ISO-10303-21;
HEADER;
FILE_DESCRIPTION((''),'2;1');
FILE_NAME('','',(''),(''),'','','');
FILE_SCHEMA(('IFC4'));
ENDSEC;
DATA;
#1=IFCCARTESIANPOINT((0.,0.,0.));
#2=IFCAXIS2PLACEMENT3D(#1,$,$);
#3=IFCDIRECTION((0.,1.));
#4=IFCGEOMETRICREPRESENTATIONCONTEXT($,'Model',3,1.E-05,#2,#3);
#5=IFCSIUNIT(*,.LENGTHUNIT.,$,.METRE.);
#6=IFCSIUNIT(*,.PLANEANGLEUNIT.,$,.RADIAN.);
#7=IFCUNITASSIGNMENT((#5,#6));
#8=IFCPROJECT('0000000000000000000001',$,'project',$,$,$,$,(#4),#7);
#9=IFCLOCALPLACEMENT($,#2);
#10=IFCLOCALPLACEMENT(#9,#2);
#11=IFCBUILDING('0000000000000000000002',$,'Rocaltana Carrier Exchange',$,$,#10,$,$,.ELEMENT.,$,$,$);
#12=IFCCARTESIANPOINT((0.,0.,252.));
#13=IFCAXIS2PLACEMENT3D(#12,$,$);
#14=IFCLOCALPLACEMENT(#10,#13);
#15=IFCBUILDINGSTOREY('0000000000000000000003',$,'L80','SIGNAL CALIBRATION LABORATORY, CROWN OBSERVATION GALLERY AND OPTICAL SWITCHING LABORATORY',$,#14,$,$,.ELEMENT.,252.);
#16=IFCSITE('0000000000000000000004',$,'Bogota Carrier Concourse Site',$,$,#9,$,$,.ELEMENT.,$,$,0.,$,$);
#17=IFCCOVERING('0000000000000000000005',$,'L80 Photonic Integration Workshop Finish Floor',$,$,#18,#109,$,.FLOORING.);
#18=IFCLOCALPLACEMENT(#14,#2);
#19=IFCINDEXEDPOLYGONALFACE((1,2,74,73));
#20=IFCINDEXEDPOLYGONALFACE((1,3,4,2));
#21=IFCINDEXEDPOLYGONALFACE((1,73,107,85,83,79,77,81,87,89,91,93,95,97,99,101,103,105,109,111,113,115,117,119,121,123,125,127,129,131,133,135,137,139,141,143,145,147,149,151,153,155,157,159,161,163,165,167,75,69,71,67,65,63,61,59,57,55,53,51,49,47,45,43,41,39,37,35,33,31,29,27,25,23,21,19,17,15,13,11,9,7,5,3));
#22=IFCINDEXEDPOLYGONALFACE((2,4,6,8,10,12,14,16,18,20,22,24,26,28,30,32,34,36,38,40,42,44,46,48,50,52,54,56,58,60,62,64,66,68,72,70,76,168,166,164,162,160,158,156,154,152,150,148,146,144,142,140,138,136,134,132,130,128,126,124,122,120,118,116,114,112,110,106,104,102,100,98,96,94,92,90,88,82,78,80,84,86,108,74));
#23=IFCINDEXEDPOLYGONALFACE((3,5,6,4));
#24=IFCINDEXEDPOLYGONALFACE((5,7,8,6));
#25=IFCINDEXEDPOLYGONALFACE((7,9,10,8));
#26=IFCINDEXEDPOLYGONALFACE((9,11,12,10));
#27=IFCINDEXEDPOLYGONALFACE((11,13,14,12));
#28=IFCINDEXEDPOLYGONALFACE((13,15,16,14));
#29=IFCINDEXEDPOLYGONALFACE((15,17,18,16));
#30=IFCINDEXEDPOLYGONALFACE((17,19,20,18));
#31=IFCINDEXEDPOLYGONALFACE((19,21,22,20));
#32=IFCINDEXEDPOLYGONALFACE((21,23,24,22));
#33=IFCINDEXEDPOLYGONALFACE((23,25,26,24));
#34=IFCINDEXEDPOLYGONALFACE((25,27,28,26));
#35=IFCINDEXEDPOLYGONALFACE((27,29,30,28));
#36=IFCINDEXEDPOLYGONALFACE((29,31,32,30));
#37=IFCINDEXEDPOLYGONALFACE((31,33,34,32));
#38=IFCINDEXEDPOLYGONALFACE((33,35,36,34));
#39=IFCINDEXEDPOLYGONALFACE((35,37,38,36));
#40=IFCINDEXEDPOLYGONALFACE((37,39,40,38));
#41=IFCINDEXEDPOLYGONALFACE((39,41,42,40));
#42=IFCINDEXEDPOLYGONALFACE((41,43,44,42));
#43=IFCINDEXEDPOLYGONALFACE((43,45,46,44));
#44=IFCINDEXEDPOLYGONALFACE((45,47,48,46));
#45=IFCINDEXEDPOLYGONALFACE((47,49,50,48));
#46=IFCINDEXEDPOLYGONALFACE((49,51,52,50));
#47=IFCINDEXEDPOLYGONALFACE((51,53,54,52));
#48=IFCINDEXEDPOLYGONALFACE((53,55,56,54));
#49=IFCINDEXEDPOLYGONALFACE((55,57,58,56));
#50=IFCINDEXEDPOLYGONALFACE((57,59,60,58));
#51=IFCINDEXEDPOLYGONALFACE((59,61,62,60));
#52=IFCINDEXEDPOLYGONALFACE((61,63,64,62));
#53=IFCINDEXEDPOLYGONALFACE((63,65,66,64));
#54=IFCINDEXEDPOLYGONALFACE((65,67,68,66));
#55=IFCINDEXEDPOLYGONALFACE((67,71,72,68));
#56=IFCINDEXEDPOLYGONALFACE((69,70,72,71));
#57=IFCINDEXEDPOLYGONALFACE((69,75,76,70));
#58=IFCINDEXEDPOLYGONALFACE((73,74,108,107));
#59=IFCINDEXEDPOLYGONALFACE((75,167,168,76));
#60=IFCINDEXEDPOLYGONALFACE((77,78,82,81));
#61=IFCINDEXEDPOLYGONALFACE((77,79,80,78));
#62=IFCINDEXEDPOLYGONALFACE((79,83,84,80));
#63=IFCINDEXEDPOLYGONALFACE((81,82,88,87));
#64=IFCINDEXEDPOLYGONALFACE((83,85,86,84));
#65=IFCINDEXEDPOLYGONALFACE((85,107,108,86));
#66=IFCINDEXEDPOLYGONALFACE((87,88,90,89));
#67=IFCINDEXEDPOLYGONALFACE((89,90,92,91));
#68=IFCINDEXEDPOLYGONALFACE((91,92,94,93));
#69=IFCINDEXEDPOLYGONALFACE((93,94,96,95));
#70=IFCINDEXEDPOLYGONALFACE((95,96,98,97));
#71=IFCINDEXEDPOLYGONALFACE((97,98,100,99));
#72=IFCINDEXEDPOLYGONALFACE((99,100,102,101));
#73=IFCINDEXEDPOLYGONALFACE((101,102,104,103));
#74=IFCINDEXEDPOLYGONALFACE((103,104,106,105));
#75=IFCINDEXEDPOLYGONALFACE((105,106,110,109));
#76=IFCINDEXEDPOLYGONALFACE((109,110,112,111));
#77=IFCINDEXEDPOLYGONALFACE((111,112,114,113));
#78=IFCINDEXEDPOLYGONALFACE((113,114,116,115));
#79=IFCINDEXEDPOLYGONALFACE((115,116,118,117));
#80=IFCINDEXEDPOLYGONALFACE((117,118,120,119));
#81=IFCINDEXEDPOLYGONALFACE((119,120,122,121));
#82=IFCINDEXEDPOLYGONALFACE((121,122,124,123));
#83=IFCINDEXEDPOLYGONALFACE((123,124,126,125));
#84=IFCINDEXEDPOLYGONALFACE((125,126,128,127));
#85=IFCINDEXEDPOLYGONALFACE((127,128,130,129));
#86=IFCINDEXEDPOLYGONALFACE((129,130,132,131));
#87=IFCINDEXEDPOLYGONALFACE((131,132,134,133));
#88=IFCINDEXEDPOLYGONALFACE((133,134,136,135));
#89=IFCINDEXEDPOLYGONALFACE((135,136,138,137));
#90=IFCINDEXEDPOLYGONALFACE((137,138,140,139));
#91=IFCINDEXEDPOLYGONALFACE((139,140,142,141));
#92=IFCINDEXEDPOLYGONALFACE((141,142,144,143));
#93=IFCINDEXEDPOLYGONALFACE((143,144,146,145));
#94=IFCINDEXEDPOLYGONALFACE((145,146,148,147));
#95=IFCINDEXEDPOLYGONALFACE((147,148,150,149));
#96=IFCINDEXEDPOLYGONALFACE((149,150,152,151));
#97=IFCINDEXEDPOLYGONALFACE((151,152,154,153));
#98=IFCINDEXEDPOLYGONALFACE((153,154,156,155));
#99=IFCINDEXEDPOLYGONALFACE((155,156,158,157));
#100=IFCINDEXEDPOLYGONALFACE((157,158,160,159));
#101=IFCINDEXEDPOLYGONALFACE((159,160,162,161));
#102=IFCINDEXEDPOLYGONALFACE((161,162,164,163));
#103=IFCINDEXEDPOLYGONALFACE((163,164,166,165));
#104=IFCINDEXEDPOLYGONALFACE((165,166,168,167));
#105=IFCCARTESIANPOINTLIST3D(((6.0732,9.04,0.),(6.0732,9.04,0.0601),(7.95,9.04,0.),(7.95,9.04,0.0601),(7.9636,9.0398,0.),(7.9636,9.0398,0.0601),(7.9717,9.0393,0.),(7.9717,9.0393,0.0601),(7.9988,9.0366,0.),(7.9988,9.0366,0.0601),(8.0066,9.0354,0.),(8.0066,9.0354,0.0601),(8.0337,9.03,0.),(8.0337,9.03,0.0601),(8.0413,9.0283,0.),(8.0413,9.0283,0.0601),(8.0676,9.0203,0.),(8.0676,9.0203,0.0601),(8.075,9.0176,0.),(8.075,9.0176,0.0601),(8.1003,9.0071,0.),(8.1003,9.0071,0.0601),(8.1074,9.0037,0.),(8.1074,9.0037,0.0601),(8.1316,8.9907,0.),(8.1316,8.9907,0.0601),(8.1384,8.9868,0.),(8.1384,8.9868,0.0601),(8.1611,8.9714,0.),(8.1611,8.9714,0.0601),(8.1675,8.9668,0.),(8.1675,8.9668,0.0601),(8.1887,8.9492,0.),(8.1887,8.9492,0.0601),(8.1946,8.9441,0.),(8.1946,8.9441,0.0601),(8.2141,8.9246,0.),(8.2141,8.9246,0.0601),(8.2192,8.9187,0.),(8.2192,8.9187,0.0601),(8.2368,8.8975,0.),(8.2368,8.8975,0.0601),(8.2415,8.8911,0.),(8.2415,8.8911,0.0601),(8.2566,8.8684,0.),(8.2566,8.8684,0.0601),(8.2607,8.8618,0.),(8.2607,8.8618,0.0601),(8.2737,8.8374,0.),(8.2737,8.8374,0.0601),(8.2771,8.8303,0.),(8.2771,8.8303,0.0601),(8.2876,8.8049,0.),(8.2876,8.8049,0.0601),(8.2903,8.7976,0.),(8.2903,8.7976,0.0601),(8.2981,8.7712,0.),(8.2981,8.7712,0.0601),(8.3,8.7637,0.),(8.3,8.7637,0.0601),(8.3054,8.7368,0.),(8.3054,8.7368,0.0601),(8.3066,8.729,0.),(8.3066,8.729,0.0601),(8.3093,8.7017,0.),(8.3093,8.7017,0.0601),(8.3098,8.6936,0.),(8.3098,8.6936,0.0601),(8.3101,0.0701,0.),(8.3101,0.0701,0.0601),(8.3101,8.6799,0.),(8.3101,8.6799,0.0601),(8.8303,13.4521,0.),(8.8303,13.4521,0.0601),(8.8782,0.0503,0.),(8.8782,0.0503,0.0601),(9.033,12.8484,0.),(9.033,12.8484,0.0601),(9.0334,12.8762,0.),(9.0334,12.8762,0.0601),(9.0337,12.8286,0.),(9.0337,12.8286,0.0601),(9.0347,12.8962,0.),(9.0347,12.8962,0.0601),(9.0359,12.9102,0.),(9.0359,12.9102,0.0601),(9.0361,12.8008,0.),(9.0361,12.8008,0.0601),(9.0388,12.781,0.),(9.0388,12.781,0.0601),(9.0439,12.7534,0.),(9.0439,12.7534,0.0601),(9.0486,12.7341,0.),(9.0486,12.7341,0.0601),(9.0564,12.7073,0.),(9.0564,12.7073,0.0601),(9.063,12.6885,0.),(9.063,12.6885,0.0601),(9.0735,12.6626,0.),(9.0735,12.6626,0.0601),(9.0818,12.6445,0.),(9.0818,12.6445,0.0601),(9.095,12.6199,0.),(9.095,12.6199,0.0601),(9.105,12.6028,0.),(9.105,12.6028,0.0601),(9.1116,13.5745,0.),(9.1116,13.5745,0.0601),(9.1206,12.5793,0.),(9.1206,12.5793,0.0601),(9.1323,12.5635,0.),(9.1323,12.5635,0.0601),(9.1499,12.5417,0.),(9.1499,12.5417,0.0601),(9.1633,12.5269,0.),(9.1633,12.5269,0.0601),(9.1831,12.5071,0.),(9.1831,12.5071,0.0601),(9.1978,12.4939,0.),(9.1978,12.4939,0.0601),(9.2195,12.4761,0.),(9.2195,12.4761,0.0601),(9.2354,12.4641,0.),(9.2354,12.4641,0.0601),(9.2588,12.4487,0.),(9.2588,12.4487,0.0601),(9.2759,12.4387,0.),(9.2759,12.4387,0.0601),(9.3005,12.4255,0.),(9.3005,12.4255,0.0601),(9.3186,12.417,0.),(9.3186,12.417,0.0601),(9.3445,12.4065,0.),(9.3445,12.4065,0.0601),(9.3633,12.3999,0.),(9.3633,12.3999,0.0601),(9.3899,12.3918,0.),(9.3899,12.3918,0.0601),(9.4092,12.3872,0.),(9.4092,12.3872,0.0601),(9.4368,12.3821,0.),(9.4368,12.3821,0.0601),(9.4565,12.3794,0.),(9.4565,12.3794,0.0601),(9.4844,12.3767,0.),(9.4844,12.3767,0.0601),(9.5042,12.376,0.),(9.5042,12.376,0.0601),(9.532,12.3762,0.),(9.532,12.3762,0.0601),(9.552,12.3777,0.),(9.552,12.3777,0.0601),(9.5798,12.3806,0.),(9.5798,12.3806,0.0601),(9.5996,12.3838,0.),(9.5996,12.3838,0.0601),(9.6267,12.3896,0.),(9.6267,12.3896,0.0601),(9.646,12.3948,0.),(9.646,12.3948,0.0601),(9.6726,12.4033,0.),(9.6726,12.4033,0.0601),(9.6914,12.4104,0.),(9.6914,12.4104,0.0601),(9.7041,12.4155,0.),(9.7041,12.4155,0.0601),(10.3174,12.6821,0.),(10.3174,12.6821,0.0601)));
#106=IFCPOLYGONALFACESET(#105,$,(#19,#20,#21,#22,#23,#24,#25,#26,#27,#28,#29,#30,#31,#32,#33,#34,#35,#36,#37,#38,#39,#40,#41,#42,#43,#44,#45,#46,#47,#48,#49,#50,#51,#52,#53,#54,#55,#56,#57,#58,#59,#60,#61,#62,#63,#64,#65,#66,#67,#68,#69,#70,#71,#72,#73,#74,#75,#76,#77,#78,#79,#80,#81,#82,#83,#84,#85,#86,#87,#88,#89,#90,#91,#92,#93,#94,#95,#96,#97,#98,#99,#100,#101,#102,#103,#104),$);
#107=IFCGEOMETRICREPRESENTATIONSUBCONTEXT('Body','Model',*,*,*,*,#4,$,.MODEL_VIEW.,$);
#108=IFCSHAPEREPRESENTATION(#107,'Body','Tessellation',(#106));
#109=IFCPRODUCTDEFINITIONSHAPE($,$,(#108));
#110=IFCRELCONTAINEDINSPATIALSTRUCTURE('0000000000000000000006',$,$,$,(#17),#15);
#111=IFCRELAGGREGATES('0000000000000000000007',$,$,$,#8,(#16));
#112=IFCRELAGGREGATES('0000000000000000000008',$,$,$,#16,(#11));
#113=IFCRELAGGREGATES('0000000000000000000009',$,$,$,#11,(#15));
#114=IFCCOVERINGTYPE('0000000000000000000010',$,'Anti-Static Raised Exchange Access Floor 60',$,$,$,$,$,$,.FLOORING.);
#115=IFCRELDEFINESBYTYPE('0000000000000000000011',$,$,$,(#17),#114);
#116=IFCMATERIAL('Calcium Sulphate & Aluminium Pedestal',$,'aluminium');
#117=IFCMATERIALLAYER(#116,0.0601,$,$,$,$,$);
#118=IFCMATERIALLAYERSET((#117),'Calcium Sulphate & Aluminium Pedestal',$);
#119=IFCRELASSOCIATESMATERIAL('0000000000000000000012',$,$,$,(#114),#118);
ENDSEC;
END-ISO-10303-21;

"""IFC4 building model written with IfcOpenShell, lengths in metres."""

from ifc_helpers import new_model, si_unit, direction, frame, origin, place, context, subcontext, project, spatial, polyline, outline, extrude, material, layer, layer_set, type_object, element, save


model = new_model("IFC4")

# Units and contexts
model_context = context("Model", 3, precision=1e-05, world=origin(), true_north=direction((0.0, 1.0)))
body_context = subcontext(model_context, "Body", "Model", "MODEL_VIEW")
ifc_project = project(units=[si_unit("LENGTHUNIT", "METRE"), si_unit("PLANEANGLEUNIT", "RADIAN")], contexts=[model_context])

# Site, building, storey
site_placement = place(None, origin())
site = spatial("IfcSite", under=ifc_project, at=site_placement, Name="Bogota Carrier Concourse Site", CompositionType="ELEMENT", RefElevation=0.0)
building_placement = place(site_placement, origin())
building = spatial("IfcBuilding", under=site, at=building_placement, Name="Rocaltana Carrier Exchange", CompositionType="ELEMENT")
storey_placement = place(building_placement, frame((0.0, 0.0, 252.0)))
storey = spatial("IfcBuildingStorey", under=building, at=storey_placement, Name="L80", Description="SIGNAL CALIBRATION LABORATORY, CROWN OBSERVATION GALLERY AND OPTICAL SWITCHING LABORATORY", CompositionType="ELEMENT", Elevation=252.0)

# Covering
ifc_material_1 = material(Name="Calcium Sulphate & Aluminium Pedestal", Category="aluminium")
ifc_layer_1 = layer(ifc_material_1, 0.0601)
ifc_layer_set_1 = layer_set([ifc_layer_1], Name="Calcium Sulphate & Aluminium Pedestal")
covering_type_1 = type_object("IfcCoveringType", Name="Anti-Static Raised Exchange Access Floor 60", PredefinedType="FLOORING", material=ifc_layer_set_1)
covering_1_placement = place(storey_placement, origin())
element("IfcCovering", 1, at=covering_1_placement, inside=storey, type_object=covering_type_1, Name="L80 Photonic Integration Workshop Finish Floor", PredefinedType="FLOORING", context=body_context, shape_type="SweptSolid", body=[
    extrude(outline(polyline([(9.1116, 13.5745), (9.0359, 12.9102), (9.0347, 12.8962), (9.0334, 12.8762), (9.033, 12.8484), (9.0337, 12.8286), (9.0361, 12.8008), (9.0388, 12.781), (9.0439, 12.7534), (9.0486, 12.7341), (9.0564, 12.7073), (9.063, 12.6885), (9.0735, 12.6626), (9.0818, 12.6445), (9.095, 12.6199), (9.105, 12.6028), (9.1206, 12.5793), (9.1323, 12.5635), (9.1499, 12.5417), (9.1633, 12.5269), (9.1831, 12.5071), (9.1978, 12.4939), (9.2195, 12.4761), (9.2354, 12.4641), (9.2588, 12.4487), (9.2759, 12.4387), (9.3005, 12.4255), (9.3186, 12.417), (9.3445, 12.4065), (9.3633, 12.3999), (9.3899, 12.3918), (9.4092, 12.3872), (9.4368, 12.3821), (9.4565, 12.3794), (9.4844, 12.3767), (9.5042, 12.376), (9.532, 12.3762), (9.552, 12.3777), (9.5798, 12.3806), (9.5996, 12.3838), (9.6267, 12.3896), (9.646, 12.3948), (9.6726, 12.4033), (9.6914, 12.4104), (9.7041, 12.4155), (10.3174, 12.6821), (8.8782, 0.0503), (8.3101, 0.0701), (8.3101, 8.6799), (8.3098, 8.6936), (8.3093, 8.7017), (8.3066, 8.729), (8.3054, 8.7368), (8.3, 8.7637), (8.2981, 8.7712), (8.2903, 8.7976), (8.2876, 8.8049), (8.2771, 8.8303), (8.2737, 8.8374), (8.2607, 8.8618), (8.2566, 8.8684), (8.2415, 8.8911), (8.2368, 8.8975), (8.2192, 8.9187), (8.2141, 8.9246), (8.1946, 8.9441), (8.1887, 8.9492), (8.1675, 8.9668), (8.1611, 8.9714), (8.1384, 8.9868), (8.1316, 8.9907), (8.1074, 9.0037), (8.1003, 9.0071), (8.075, 9.0176), (8.0676, 9.0203), (8.0413, 9.0283), (8.0337, 9.03), (8.0066, 9.0354), (7.9988, 9.0366), (7.9717, 9.0393), (7.9636, 9.0398), (7.95, 9.04), (6.0732, 9.04), (8.8303, 13.4521), (9.1116, 13.5745)])), origin(), (0.0, 0.0, 1.0), 0.0601),
])

save(model, "model.ifc")
